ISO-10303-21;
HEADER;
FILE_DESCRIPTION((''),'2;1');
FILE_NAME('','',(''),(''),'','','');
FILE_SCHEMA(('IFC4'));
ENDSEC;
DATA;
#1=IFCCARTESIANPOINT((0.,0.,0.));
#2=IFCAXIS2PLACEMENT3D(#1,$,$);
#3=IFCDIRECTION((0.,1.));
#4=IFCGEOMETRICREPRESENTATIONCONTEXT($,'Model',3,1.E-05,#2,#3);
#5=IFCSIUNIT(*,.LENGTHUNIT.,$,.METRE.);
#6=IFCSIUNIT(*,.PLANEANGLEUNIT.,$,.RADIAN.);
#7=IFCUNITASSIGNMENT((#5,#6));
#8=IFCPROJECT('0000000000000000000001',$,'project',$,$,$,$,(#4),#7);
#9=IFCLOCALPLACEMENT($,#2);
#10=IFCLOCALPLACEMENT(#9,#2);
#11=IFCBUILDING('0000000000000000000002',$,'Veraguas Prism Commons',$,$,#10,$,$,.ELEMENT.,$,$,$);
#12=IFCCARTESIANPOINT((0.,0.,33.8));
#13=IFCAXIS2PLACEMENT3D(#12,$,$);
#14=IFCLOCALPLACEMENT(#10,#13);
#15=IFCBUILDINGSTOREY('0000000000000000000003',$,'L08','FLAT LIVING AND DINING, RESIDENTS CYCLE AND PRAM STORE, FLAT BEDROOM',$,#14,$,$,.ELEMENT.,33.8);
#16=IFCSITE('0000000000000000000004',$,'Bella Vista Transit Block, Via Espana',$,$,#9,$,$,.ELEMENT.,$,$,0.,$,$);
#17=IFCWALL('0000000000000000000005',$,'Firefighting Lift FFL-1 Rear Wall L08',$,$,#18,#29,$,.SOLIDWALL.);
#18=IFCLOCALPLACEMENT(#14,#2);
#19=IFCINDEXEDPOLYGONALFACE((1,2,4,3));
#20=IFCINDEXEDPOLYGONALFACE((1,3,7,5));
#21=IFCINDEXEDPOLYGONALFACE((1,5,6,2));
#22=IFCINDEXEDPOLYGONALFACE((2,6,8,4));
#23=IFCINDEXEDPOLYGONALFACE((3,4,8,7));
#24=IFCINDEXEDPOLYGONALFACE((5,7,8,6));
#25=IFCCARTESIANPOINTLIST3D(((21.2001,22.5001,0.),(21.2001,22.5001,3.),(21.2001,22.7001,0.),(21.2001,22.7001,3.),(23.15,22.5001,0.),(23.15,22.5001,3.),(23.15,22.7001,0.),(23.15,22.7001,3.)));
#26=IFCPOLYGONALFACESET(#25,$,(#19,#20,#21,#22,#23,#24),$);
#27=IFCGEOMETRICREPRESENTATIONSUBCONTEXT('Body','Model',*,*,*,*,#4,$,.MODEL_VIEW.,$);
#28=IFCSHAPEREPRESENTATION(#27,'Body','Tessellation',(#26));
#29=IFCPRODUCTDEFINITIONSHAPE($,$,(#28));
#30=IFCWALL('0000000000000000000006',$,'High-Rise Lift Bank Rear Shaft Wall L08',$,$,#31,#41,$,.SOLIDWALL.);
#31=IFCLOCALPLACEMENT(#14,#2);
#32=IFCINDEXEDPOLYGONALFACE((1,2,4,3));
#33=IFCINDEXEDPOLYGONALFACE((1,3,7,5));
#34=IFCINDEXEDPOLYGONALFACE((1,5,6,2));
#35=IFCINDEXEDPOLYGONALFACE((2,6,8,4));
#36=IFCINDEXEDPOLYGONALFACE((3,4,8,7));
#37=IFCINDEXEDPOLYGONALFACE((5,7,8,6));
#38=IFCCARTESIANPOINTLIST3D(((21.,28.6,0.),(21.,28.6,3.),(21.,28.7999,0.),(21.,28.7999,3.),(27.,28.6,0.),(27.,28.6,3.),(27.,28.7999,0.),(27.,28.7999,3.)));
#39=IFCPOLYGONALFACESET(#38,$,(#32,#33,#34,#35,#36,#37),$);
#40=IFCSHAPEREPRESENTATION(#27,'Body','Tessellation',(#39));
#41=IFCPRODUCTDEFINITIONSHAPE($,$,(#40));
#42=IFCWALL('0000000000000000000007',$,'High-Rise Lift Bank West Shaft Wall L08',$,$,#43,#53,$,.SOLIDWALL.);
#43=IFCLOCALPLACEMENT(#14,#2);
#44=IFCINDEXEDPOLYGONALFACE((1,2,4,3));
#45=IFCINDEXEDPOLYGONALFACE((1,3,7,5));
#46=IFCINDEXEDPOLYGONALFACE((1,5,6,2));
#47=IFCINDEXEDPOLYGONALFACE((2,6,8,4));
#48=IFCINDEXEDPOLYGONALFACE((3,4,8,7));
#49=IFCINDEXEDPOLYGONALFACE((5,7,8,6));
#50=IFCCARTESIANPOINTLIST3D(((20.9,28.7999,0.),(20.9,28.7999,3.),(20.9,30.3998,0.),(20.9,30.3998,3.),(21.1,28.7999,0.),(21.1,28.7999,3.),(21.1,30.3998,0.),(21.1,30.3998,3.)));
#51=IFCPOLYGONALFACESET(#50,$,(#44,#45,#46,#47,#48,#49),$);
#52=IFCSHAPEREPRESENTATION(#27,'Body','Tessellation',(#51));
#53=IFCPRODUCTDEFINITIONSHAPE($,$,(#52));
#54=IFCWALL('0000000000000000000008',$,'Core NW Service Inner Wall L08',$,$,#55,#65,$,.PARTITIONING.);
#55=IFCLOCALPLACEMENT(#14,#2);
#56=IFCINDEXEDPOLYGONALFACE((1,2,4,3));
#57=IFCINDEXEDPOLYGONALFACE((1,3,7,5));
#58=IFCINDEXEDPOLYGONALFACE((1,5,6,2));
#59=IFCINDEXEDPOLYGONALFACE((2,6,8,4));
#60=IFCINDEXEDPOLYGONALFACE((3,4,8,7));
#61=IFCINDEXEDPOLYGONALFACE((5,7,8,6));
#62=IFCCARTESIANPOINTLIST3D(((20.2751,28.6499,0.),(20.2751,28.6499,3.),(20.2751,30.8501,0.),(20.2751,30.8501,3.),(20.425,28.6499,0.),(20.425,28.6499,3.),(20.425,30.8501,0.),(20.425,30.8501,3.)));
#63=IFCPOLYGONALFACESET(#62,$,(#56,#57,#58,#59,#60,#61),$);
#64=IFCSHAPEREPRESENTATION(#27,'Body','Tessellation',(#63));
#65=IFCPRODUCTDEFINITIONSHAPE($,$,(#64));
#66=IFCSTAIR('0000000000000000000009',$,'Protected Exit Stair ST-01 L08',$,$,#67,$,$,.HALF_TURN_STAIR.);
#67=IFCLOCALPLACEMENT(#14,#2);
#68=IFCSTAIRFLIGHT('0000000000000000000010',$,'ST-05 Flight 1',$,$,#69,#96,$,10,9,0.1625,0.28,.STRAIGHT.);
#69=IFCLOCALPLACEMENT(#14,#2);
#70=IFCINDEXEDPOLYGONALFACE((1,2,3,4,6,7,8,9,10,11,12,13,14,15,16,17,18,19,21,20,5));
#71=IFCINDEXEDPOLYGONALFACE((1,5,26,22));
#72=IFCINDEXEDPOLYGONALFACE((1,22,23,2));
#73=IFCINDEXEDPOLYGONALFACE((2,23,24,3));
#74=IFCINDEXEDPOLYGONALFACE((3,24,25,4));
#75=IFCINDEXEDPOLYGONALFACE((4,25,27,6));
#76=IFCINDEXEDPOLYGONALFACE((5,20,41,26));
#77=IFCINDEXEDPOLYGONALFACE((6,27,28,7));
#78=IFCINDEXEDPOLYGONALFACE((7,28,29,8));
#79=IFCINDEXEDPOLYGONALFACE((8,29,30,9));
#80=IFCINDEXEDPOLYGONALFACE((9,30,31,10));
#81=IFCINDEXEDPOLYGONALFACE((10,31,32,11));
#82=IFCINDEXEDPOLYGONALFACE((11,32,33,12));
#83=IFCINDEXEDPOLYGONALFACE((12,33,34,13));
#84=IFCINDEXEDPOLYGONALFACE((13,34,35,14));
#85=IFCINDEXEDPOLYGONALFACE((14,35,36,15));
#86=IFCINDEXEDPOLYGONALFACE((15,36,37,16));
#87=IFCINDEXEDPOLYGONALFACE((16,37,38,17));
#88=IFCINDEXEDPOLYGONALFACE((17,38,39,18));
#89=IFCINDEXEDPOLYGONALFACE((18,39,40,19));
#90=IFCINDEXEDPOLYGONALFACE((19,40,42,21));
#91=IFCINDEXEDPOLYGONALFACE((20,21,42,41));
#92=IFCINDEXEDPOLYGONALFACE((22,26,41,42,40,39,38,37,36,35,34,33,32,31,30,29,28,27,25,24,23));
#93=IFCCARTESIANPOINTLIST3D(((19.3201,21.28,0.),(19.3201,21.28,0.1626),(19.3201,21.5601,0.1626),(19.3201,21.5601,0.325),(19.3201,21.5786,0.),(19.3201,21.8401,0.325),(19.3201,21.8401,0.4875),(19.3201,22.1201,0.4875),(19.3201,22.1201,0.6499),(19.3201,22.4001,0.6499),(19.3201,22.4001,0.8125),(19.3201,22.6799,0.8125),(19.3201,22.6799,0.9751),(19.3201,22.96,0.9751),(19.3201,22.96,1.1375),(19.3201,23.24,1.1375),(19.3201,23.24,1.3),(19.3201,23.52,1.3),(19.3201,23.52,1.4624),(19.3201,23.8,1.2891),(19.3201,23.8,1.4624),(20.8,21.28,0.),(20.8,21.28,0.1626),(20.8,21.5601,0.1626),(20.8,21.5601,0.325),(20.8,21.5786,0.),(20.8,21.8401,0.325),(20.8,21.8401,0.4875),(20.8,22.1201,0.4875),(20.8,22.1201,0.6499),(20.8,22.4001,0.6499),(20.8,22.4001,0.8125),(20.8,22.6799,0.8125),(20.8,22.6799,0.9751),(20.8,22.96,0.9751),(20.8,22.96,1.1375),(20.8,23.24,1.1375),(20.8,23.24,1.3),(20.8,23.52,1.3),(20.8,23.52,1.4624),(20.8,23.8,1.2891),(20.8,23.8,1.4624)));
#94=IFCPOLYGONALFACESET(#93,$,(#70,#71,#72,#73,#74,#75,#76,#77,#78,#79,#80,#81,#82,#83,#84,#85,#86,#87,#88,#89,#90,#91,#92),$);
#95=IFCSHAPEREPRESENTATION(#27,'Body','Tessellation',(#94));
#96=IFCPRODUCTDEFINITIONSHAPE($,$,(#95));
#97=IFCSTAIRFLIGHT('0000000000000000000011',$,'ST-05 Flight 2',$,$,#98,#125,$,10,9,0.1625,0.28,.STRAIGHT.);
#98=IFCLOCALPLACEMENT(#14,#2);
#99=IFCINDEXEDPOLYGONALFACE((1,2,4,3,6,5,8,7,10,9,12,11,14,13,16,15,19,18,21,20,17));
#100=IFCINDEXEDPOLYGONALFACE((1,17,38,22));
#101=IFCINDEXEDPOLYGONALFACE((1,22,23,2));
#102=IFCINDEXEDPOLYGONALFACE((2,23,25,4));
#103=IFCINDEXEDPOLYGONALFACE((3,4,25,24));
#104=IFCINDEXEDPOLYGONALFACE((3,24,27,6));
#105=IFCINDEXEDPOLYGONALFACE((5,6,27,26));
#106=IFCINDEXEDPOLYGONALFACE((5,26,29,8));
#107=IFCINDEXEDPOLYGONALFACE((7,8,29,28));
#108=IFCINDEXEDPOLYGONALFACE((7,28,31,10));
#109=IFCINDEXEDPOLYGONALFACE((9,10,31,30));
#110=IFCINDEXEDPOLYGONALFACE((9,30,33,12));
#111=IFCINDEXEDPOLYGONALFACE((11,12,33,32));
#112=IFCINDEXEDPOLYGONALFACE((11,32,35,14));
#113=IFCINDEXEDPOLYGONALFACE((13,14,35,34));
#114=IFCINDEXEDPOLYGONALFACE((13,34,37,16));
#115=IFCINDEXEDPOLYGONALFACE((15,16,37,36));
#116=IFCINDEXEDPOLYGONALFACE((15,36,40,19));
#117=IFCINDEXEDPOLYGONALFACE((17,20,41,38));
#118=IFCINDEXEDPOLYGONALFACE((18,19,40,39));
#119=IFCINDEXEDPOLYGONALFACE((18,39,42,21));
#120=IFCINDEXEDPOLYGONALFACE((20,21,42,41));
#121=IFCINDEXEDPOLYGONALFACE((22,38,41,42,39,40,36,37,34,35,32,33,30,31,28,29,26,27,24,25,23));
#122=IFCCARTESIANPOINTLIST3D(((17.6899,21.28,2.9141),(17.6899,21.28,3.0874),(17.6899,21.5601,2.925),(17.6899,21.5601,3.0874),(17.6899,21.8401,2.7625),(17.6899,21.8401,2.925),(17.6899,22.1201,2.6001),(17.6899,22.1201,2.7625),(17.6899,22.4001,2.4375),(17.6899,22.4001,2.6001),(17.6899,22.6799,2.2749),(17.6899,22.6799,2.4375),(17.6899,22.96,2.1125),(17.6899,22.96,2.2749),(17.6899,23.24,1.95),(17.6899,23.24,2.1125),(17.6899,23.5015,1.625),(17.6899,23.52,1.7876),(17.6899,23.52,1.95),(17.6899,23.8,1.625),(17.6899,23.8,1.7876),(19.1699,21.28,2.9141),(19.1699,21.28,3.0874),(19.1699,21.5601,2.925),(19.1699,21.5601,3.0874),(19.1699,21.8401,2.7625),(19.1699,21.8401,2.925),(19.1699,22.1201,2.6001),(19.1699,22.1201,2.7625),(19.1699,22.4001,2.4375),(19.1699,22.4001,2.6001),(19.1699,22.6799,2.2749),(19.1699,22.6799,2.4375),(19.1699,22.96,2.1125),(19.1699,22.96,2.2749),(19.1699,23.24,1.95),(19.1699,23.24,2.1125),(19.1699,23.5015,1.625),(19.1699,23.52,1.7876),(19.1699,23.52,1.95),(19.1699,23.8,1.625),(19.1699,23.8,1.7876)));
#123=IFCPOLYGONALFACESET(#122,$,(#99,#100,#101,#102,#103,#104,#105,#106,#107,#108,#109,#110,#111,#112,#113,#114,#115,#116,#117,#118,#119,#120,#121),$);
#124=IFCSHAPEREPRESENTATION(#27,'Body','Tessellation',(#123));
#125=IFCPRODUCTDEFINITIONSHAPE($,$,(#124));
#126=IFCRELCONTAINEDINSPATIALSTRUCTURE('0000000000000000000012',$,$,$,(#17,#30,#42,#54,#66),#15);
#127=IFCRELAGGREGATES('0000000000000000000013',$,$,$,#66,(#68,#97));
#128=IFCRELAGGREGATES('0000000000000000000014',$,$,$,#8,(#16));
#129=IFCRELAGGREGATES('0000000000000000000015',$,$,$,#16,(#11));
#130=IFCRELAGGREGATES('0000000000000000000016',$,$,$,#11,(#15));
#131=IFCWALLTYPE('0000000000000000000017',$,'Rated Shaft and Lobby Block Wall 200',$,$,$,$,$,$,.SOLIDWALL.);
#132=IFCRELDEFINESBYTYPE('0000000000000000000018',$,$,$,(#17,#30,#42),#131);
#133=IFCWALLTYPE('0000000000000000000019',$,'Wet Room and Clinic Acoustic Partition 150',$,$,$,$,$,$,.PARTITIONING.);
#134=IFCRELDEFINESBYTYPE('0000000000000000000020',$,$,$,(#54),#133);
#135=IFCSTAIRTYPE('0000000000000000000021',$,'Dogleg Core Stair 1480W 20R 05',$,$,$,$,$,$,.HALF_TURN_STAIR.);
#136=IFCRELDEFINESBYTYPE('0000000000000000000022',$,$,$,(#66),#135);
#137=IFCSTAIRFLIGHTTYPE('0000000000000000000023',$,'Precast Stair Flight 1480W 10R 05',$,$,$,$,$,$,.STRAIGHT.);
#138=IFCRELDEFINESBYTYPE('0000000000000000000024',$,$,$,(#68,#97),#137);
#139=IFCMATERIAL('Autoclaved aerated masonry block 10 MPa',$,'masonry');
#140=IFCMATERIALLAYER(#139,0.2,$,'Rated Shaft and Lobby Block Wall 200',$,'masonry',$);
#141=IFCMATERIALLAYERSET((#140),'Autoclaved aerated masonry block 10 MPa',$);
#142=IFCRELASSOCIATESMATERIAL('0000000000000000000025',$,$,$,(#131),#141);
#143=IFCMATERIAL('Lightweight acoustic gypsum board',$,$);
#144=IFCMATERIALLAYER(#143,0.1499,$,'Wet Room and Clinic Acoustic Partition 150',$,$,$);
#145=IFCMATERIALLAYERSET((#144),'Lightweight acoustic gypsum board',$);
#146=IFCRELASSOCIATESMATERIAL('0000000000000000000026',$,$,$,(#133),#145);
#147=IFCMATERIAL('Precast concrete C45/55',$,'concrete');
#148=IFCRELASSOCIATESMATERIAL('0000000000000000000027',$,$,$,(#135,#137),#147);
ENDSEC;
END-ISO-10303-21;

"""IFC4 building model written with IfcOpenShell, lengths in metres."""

from ifc_helpers import new_model, si_unit, direction, frame, frame_2d, origin, place, context, subcontext, project, spatial, polyline, rectangle, outline, extrude, material, layer, layer_set, type_object, element, aggregate, save


model = new_model("IFC4")

# Units and contexts
model_context = context("Model", 3, precision=1e-05, world=origin(), true_north=direction((0.0, 1.0)))
body_context = subcontext(model_context, "Body", "Model", "MODEL_VIEW")
ifc_project = project(units=[si_unit("LENGTHUNIT", "METRE"), si_unit("PLANEANGLEUNIT", "RADIAN")], contexts=[model_context])

# Site, building, storey
site_placement = place(None, origin())
site = spatial("IfcSite", under=ifc_project, at=site_placement, Name="Bella Vista Transit Block, Via Espana", CompositionType="ELEMENT", RefElevation=0.0)
building_placement = place(site_placement, origin())
building = spatial("IfcBuilding", under=site, at=building_placement, Name="Veraguas Prism Commons", CompositionType="ELEMENT")
storey_placement = place(building_placement, frame((0.0, 0.0, 33.8)))
storey = spatial("IfcBuildingStorey", under=building, at=storey_placement, Name="L08", Description="FLAT LIVING AND DINING, RESIDENTS CYCLE AND PRAM STORE, FLAT BEDROOM", CompositionType="ELEMENT", Elevation=33.8)

# Shared definitions
ifc_material_1 = material(Name="Autoclaved aerated masonry block 10 MPa", Category="masonry")

# Walls
ifc_layer_1 = layer(ifc_material_1, 0.2, Name="Rated Shaft and Lobby Block Wall 200", Category="masonry")
ifc_layer_set_1 = layer_set([ifc_layer_1], Name="Autoclaved aerated masonry block 10 MPa")
wall_type_1 = type_object("IfcWallType", Name="Rated Shaft and Lobby Block Wall 200", PredefinedType="SOLIDWALL", material=ifc_layer_set_1)
wall_1_placement = place(storey_placement, frame((21.2, 22.6001, 0.0), z_axis=(0.0, 0.0, 1.0), x_axis=(1.0, 0.0, 0.0)))
element("IfcWall", 1, at=wall_1_placement, inside=storey, type_object=wall_type_1, Name="Firefighting Lift FFL-1 Rear Wall L08", PredefinedType="SOLIDWALL", context=body_context, shape_type="SweptSolid", body=[
    extrude(rectangle(XDim=1.95, YDim=0.2, at=frame_2d((0.9751, 0.0))), origin(), (0.0, 0.0, 1.0), 3.0),
])
wall_2_placement = place(storey_placement, frame((21.0, 28.7, 0.0), z_axis=(0.0, 0.0, 1.0), x_axis=(1.0, 0.0, 0.0)))
element("IfcWall", 2, at=wall_2_placement, inside=storey, type_object=wall_type_1, Name="High-Rise Lift Bank Rear Shaft Wall L08", PredefinedType="SOLIDWALL", context=body_context, shape_type="SweptSolid", body=[
    extrude(rectangle(XDim=6.0, YDim=0.2, at=frame_2d((3.0, 0.0))), origin(), (0.0, 0.0, 1.0), 3.0),
])
wall_3_placement = place(storey_placement, frame((21.0, 28.8, 0.0), z_axis=(0.0, 0.0, 1.0), x_axis=(0.0, 1.0, 0.0)))
element("IfcWall", 3, at=wall_3_placement, inside=storey, type_object=wall_type_1, Name="High-Rise Lift Bank West Shaft Wall L08", PredefinedType="SOLIDWALL", context=body_context, shape_type="SweptSolid", body=[
    extrude(rectangle(XDim=1.5999, YDim=0.2, at=frame_2d((0.7998, 0.0))), origin(), (0.0, 0.0, 1.0), 3.0),
])
ifc_material_2 = material(Name="Lightweight acoustic gypsum board")
ifc_layer_2 = layer(ifc_material_2, 0.1499, Name="Wet Room and Clinic Acoustic Partition 150")
ifc_layer_set_2 = layer_set([ifc_layer_2], Name="Lightweight acoustic gypsum board")
wall_type_2 = type_object("IfcWallType", Name="Wet Room and Clinic Acoustic Partition 150", PredefinedType="PARTITIONING", material=ifc_layer_set_2)
wall_4_placement = place(storey_placement, frame((20.3501, 28.6499, 0.0), z_axis=(0.0, 0.0, 1.0), x_axis=(0.0, 1.0, 0.0)))
element("IfcWall", 4, at=wall_4_placement, inside=storey, type_object=wall_type_2, Name="Core NW Service Inner Wall L08", PredefinedType="PARTITIONING", context=body_context, shape_type="SweptSolid", body=[
    extrude(rectangle(XDim=2.2002, YDim=0.1499, at=frame_2d((1.1001, 0.0))), origin(), (0.0, 0.0, 1.0), 3.0),
])

# Stair, stair flights
ifc_material_3 = material(Name="Precast concrete C45/55", Category="concrete")
stair_type = type_object("IfcStairType", Name="Dogleg Core Stair 1480W 20R 05", PredefinedType="HALF_TURN_STAIR", material=ifc_material_3)
stair_placement = place(storey_placement, origin())
stair = element("IfcStair", 5, at=stair_placement, inside=storey, type_object=stair_type, Name="Protected Exit Stair ST-01 L08", PredefinedType="HALF_TURN_STAIR")
stair_flight_type = type_object("IfcStairFlightType", Name="Precast Stair Flight 1480W 10R 05", PredefinedType="STRAIGHT", material=ifc_material_3)
stair_flight_1_placement = place(storey_placement, frame((20.0601, 21.28, 0.0), z_axis=(0.0, 0.0, 1.0), x_axis=(0.0, 1.0, 0.0)))
stair_flight_1 = element("IfcStairFlight", 6, at=stair_flight_1_placement, type_object=stair_flight_type, Name="ST-05 Flight 1", NumberOfRisers=10, NumberOfTreads=9, PredefinedType="STRAIGHT", RiserHeight=0.1625, TreadLength=0.28, context=body_context, shape_type="SweptSolid", body=[
    extrude(outline(polyline([(0.0, 0.0), (0.0, 0.1626), (0.28, 0.1626), (0.28, 0.325), (0.5601, 0.325), (0.5601, 0.4875), (0.8401, 0.4875), (0.8401, 0.6499), (1.1201, 0.6499), (1.1201, 0.8125), (1.3999, 0.8125), (1.3999, 0.9751), (1.6799, 0.9751), (1.6799, 1.1375), (1.96, 1.1375), (1.96, 1.3), (2.24, 1.3), (2.24, 1.4624), (2.52, 1.4624), (2.52, 1.625), (2.52, 1.2891), (0.2986, 0.0), (0.0, 0.0)])), frame((0.0, 0.74, 0.0), z_axis=(0.0, -1.0, 0.0), x_axis=(1.0, 0.0, 0.0)), (0.0, 0.0, 1.0), 1.48),
])
stair_flight_2_placement = place(storey_placement, frame((18.4299, 23.8, 1.625), z_axis=(0.0, 0.0, 1.0), x_axis=(0.0, -1.0, 0.0)))
stair_flight_2 = element("IfcStairFlight", 7, at=stair_flight_2_placement, type_object=stair_flight_type, Name="ST-05 Flight 2", NumberOfRisers=10, NumberOfTreads=9, PredefinedType="STRAIGHT", RiserHeight=0.1625, TreadLength=0.28, context=body_context, shape_type="SweptSolid", body=[
    extrude(outline(polyline([(0.0, 0.0), (0.0, 0.1626), (0.28, 0.1626), (0.28, 0.325), (0.5601, 0.325), (0.5601, 0.4875), (0.8401, 0.4875), (0.8401, 0.6499), (1.1201, 0.6499), (1.1201, 0.8125), (1.3999, 0.8125), (1.3999, 0.9751), (1.6799, 0.9751), (1.6799, 1.1375), (1.96, 1.1375), (1.96, 1.3), (2.24, 1.3), (2.24, 1.4624), (2.52, 1.4624), (2.52, 1.625), (2.52, 1.2891), (0.2986, 0.0), (0.0, 0.0)])), frame((0.0, 0.74, 0.0), z_axis=(0.0, -1.0, 0.0), x_axis=(1.0, 0.0, 0.0)), (0.0, 0.0, 1.0), 1.48),
])
aggregate(stair, [stair_flight_1, stair_flight_2])

save(model, "model.ifc")
